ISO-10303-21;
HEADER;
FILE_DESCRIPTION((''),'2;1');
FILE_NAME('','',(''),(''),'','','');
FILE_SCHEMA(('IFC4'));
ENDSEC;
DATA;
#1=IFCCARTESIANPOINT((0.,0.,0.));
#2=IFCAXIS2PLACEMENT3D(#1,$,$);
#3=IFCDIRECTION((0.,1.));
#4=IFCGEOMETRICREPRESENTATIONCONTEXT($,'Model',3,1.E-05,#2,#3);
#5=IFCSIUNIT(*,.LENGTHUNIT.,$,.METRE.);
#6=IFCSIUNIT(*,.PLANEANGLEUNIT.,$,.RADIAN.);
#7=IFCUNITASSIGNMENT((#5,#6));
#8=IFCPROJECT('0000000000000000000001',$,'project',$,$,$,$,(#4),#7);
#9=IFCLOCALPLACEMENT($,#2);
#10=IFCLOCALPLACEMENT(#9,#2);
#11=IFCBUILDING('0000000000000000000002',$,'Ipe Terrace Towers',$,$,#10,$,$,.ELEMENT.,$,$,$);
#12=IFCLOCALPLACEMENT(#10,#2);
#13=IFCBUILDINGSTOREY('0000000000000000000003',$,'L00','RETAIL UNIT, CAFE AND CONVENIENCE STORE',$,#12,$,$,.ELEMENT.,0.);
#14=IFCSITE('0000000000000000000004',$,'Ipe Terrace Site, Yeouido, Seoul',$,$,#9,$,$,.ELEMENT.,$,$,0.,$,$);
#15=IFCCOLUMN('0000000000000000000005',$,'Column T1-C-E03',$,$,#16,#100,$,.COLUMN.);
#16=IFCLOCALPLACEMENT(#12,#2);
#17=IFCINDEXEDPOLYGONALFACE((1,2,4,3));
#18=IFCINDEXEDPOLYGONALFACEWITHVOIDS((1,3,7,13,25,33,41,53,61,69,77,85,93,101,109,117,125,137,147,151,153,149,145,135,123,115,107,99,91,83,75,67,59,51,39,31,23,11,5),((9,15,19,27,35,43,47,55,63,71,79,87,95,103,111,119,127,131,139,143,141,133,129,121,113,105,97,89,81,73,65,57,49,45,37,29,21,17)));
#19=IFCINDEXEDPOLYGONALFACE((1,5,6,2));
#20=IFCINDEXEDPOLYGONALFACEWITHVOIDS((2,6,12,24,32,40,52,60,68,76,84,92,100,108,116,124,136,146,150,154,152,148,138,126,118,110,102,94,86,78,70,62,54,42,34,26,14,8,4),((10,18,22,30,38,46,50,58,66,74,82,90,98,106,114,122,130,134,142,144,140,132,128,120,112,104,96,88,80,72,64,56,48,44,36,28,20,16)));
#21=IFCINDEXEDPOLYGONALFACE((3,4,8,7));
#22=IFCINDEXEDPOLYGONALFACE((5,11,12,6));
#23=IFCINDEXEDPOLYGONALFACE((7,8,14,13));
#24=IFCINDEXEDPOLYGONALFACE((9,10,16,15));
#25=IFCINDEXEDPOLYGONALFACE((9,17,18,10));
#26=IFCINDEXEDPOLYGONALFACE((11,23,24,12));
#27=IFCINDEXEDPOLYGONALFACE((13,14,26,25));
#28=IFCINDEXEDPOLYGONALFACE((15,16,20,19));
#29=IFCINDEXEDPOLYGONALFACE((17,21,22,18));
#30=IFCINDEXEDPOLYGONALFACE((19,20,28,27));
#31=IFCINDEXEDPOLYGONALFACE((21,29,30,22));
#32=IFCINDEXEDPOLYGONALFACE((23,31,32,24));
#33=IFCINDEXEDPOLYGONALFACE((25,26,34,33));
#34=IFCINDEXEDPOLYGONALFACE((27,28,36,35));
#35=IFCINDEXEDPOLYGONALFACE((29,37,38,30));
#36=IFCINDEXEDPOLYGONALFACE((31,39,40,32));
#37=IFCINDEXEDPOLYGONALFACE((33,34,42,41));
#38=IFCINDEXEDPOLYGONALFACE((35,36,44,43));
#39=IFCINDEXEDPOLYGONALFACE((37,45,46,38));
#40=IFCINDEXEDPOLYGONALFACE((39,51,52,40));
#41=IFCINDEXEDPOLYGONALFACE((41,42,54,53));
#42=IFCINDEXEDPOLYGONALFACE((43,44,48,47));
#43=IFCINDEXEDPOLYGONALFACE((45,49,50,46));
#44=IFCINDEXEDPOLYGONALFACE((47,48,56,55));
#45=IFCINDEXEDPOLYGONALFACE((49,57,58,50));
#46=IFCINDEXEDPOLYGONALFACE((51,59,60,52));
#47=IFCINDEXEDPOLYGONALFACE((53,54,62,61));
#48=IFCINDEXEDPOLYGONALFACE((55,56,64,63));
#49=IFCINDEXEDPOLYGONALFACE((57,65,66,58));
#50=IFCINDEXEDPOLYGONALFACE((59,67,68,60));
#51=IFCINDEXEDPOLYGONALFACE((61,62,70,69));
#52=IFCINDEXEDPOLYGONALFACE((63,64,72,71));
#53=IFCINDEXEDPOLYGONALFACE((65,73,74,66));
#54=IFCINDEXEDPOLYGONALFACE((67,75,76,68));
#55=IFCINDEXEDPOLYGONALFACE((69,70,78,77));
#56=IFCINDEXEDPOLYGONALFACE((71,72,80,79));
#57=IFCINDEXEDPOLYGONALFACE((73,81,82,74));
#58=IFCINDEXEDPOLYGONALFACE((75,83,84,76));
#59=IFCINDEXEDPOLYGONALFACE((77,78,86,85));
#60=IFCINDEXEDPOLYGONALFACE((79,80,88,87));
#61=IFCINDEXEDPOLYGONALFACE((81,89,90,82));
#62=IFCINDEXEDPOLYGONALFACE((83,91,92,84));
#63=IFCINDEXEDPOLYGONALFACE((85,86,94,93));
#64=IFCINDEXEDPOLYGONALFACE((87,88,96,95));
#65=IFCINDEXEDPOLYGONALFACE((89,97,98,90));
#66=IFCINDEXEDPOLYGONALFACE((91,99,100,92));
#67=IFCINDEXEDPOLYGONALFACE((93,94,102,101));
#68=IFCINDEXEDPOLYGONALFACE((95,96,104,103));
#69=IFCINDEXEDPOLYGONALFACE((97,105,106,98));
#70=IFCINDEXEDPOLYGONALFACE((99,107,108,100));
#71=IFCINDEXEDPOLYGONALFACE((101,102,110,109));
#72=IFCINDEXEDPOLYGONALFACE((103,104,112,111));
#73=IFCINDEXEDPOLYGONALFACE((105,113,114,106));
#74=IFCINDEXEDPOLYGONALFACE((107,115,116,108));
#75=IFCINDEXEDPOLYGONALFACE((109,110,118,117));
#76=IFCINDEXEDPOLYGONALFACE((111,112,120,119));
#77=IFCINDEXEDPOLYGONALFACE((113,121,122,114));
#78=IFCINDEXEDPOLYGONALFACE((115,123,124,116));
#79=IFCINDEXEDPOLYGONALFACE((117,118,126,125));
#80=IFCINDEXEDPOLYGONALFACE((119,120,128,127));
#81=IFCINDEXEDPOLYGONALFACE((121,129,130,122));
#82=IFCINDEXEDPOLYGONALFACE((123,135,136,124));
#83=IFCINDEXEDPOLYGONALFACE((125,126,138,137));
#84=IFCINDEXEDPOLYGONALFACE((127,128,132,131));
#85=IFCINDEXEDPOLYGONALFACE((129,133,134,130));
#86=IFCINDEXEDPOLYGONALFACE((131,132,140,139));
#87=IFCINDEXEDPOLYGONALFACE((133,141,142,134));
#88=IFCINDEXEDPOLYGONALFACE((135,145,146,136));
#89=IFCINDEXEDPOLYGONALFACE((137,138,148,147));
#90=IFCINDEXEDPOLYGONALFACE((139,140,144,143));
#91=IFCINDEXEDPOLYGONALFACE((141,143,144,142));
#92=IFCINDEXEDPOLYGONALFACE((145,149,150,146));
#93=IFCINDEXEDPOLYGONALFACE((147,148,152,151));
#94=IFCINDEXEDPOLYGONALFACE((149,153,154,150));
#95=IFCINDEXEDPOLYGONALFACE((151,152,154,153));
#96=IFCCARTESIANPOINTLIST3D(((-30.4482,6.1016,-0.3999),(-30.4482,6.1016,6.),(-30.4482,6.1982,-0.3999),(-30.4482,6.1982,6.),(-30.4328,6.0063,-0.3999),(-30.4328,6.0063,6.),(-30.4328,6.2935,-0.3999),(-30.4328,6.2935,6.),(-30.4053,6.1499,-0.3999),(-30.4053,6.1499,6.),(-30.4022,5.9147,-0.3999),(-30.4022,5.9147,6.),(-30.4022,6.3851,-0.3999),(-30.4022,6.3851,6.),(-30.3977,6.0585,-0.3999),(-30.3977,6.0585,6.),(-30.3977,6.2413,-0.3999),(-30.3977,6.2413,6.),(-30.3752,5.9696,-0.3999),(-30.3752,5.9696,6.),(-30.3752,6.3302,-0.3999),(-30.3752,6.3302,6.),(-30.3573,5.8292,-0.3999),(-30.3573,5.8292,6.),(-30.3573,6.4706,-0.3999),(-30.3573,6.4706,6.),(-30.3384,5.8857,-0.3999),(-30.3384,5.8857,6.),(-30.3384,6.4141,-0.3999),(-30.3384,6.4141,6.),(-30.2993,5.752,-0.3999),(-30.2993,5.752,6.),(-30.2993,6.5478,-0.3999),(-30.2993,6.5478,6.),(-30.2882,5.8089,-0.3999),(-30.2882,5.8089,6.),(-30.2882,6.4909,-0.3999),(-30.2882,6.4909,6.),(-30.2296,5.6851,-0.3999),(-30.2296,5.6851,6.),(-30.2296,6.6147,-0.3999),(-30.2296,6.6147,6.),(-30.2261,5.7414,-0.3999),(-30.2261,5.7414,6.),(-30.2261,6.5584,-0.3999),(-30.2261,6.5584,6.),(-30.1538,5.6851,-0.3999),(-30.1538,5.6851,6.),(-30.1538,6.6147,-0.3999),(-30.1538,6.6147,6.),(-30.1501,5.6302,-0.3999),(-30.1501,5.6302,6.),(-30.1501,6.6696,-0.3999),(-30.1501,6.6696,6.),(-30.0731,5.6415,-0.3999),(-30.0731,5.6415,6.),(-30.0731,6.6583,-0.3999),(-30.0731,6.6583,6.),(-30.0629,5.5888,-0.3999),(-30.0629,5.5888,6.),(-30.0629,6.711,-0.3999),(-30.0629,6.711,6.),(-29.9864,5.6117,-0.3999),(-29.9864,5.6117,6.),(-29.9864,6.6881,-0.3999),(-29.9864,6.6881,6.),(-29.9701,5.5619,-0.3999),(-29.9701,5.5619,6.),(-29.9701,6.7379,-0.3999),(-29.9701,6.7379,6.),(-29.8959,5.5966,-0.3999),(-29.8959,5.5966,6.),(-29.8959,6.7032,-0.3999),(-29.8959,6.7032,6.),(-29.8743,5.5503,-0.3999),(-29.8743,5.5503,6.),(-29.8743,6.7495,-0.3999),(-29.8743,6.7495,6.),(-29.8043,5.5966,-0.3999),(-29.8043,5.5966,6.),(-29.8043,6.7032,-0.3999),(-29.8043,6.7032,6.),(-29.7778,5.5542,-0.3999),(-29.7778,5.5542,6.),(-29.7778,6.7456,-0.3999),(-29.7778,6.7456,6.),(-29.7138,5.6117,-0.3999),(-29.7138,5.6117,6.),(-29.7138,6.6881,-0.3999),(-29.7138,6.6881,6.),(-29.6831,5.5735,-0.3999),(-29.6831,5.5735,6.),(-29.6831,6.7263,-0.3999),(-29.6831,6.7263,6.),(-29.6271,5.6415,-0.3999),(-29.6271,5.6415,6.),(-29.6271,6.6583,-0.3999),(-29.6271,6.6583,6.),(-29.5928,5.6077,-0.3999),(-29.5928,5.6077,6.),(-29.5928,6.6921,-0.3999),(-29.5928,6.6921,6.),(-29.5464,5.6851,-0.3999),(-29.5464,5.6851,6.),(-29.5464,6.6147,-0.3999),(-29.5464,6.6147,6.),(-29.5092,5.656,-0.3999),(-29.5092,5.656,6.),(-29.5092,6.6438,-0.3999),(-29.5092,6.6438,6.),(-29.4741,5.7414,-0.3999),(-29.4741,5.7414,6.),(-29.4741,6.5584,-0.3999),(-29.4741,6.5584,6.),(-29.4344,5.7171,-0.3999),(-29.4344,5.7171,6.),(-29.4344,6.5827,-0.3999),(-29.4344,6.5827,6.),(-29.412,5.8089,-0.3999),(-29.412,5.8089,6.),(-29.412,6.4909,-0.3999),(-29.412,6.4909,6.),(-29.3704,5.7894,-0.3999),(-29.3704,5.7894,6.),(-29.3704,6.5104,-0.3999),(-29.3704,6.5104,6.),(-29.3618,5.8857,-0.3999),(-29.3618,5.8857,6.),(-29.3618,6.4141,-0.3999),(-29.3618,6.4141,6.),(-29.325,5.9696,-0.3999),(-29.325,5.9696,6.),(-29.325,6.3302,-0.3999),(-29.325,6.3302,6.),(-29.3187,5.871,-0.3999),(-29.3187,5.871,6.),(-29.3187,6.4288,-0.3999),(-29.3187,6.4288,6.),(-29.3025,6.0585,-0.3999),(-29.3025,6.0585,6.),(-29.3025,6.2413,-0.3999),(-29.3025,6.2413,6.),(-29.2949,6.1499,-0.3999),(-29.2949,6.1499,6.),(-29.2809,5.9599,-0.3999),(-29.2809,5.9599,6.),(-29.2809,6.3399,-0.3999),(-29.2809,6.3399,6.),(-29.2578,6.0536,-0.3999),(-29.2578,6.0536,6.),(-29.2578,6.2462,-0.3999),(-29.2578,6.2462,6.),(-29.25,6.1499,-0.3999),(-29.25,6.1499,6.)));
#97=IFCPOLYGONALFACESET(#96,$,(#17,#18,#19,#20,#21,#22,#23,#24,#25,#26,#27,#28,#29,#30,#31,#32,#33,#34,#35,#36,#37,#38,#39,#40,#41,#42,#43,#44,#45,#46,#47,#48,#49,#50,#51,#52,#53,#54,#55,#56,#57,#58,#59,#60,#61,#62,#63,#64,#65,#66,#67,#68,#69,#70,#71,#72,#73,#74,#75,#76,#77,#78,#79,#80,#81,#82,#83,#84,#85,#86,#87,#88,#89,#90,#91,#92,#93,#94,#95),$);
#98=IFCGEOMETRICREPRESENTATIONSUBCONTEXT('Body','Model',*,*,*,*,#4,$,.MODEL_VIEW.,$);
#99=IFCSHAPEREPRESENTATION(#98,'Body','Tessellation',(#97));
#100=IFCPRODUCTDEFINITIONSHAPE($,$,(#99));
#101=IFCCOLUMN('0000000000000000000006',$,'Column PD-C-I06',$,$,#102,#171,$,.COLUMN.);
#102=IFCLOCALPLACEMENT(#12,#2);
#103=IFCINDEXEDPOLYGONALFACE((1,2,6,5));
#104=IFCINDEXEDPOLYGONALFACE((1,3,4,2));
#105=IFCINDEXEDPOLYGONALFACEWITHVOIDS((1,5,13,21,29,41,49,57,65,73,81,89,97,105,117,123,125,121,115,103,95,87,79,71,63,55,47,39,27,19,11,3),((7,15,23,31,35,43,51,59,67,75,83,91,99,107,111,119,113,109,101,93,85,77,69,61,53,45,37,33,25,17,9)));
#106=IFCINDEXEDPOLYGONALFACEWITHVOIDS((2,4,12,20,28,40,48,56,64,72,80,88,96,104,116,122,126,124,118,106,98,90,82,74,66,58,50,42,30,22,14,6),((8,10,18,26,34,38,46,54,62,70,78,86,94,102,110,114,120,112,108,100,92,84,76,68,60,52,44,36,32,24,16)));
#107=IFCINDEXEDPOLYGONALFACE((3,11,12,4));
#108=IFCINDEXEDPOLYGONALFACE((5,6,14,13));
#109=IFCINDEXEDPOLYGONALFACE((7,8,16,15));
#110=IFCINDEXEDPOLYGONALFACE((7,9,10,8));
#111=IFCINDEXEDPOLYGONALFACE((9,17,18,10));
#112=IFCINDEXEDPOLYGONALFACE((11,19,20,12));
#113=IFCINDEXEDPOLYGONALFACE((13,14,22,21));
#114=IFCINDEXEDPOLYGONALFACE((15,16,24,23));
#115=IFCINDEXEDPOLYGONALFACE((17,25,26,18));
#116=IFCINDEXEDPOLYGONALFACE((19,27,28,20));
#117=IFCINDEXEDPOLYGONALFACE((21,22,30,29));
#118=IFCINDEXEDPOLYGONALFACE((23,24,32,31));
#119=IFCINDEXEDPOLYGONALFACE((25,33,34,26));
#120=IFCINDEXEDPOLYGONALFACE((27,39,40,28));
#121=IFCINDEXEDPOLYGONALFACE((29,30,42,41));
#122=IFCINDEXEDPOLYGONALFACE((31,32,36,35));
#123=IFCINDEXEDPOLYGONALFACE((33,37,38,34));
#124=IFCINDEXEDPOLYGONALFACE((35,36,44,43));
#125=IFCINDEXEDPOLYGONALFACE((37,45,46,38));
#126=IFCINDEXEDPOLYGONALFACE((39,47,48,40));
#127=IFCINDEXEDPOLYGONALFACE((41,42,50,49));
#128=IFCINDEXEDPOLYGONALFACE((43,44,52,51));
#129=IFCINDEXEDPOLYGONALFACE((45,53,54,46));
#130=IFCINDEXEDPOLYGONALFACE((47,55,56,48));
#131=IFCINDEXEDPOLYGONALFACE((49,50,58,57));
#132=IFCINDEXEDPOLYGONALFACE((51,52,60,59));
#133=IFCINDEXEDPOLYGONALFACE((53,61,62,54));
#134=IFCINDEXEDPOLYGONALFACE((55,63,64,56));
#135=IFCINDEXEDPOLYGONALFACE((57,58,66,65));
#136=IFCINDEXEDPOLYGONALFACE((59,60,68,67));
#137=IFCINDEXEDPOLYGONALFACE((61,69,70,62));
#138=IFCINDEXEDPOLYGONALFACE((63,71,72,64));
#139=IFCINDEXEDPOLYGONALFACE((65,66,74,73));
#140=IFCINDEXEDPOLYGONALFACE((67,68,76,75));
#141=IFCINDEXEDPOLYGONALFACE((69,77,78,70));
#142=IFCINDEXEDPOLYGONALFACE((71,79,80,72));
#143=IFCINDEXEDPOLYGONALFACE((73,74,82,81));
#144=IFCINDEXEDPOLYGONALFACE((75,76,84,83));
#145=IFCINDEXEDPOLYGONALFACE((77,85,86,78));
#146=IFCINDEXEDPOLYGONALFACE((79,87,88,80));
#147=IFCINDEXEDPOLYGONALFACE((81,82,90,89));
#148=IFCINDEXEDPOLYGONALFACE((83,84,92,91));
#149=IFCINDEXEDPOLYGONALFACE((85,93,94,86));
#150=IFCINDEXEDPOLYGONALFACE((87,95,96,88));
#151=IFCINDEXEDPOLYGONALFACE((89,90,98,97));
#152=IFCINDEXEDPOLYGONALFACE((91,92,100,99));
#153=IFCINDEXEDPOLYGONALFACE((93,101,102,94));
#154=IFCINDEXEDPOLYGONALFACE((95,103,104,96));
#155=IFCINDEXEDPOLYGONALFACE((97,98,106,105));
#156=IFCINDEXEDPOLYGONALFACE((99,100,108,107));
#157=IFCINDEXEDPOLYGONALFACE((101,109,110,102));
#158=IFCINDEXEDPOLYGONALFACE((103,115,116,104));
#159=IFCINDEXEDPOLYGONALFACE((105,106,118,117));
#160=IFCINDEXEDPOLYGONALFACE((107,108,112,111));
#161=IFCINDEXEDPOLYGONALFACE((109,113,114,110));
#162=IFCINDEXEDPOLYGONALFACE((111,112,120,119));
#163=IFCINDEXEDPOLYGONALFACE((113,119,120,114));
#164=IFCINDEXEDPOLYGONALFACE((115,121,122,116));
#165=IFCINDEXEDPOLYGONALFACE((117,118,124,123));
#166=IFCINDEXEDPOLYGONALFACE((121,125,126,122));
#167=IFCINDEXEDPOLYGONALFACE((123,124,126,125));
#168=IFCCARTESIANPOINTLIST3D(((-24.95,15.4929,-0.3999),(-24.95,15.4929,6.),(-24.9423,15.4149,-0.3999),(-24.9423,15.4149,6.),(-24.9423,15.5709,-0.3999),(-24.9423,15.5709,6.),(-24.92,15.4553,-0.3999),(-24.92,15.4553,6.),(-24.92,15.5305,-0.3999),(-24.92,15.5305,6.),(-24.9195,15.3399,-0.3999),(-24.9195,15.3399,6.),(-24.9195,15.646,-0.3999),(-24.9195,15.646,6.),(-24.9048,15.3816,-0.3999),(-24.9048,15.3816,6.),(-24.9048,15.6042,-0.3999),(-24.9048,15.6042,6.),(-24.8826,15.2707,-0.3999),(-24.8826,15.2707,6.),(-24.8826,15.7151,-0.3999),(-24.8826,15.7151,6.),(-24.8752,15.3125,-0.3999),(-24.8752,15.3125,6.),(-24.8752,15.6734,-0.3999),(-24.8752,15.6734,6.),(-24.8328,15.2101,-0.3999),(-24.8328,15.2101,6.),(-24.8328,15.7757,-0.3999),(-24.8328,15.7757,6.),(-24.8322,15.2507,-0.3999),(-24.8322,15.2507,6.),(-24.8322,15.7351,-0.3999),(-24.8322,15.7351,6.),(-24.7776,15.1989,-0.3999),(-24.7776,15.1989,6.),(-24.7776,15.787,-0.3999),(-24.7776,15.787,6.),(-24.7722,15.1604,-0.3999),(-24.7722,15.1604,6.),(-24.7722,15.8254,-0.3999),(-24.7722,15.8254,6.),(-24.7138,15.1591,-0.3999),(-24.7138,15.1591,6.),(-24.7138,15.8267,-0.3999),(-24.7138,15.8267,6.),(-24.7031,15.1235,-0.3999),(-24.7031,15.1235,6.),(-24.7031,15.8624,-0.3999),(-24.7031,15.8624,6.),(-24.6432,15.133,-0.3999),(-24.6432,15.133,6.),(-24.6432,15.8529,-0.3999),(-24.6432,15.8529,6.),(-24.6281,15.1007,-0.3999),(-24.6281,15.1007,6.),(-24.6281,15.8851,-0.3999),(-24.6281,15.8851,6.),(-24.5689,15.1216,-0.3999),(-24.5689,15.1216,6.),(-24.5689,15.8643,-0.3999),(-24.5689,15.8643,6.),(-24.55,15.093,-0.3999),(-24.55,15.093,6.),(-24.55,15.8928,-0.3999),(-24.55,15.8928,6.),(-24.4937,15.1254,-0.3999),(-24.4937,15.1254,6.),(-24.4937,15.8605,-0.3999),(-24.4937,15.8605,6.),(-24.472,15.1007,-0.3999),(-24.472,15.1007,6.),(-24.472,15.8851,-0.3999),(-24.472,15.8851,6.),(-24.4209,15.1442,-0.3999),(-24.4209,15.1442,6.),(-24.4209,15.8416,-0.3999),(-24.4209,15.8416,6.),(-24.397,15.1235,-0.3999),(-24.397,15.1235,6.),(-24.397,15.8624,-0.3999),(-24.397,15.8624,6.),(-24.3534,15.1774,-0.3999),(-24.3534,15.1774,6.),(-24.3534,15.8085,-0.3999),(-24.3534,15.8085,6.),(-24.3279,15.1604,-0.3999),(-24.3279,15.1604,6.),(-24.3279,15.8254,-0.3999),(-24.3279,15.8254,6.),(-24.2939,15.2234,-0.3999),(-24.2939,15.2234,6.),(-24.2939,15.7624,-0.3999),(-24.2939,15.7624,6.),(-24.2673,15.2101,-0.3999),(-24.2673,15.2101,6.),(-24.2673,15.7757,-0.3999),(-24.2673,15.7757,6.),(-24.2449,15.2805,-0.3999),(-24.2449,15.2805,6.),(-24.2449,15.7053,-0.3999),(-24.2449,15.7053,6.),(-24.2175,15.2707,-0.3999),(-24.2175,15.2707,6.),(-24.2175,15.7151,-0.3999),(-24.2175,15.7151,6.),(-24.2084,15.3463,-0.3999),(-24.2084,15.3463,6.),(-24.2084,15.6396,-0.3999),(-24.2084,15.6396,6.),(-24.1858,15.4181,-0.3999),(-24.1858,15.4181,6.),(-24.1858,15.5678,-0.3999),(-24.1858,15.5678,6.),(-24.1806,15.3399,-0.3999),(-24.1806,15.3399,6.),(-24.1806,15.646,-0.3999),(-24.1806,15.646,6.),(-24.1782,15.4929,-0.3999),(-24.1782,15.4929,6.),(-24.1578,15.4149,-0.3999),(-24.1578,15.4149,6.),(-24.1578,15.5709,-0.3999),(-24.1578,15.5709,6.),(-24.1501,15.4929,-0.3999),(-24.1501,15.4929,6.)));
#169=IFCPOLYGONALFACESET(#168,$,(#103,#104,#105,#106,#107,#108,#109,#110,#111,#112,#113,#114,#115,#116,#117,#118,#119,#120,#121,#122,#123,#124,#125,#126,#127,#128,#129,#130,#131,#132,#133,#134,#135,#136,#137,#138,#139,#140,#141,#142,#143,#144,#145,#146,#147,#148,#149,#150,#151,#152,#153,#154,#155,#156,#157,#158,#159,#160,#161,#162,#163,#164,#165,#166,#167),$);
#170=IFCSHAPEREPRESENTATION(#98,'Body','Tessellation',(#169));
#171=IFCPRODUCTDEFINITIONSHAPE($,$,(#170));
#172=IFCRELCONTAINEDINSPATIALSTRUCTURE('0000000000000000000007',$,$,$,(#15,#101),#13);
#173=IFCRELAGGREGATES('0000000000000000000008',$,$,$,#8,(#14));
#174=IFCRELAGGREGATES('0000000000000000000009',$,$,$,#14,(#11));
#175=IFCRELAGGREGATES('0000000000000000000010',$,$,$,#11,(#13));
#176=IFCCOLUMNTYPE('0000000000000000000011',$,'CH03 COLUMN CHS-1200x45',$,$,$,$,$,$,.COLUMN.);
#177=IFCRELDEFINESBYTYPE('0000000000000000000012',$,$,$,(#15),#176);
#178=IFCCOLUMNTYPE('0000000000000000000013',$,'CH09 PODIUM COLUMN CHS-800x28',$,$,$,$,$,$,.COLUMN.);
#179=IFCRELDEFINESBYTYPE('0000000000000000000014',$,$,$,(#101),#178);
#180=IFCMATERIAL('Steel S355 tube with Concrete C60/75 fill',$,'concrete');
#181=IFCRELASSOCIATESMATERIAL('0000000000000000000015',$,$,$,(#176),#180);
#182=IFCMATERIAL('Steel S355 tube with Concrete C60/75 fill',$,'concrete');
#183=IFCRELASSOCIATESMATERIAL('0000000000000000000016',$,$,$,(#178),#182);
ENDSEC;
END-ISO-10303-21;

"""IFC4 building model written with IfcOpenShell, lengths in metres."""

from ifc_helpers import new_model, si_unit, direction, frame, origin, origin_2d, place, context, subcontext, project, spatial, hollow_circle, extrude, material, material_profile, profile_set, type_object, element, save


model = new_model("IFC4")

# Units and contexts
model_context = context("Model", 3, precision=1e-05, world=origin(), true_north=direction((0.0, 1.0)))
body_context = subcontext(model_context, "Body", "Model", "MODEL_VIEW")
ifc_project = project(units=[si_unit("LENGTHUNIT", "METRE"), si_unit("PLANEANGLEUNIT", "RADIAN")], contexts=[model_context])

# Site, building, storey
site_placement = place(None, origin())
site = spatial("IfcSite", under=ifc_project, at=site_placement, Name="Ipe Terrace Site, Yeouido, Seoul", CompositionType="ELEMENT", RefElevation=0.0)
building_placement = place(site_placement, origin())
building = spatial("IfcBuilding", under=site, at=building_placement, Name="Ipe Terrace Towers", CompositionType="ELEMENT")
storey_placement = place(building_placement, origin())
storey = spatial("IfcBuildingStorey", under=building, at=storey_placement, Name="L00", Description="RETAIL UNIT, CAFE AND CONVENIENCE STORE", CompositionType="ELEMENT", Elevation=0.0)

# Columns
ifc_material_1 = material(Name="Steel S355 tube with Concrete C60/75 fill", Category="concrete")
ifc_material_profile_1 = material_profile(ifc_material_1, hollow_circle(Radius=0.6001, WallThickness=0.0449, at=origin_2d()), Name="CHS-1200x45")
ifc_profile_set_1 = profile_set([ifc_material_profile_1], Name="Steel S355 tube with Concrete C60/75 fill")
column_type_1 = type_object("IfcColumnType", Name="CH03 COLUMN CHS-1200x45", PredefinedType="COLUMN", material=ifc_profile_set_1)
column_1_placement = place(storey_placement, frame((-29.8501, 6.1499, -0.3999), z_axis=(0.0, 0.0, 1.0), x_axis=(1.0, 0.0, 0.0)))
element("IfcColumn", 1, at=column_1_placement, inside=storey, type_object=column_type_1, Name="Column T1-C-E03", PredefinedType="COLUMN", context=body_context, shape_type="SweptSolid", body=[
    extrude(hollow_circle(Radius=0.6001, WallThickness=0.0449, at=origin_2d()), origin(), (0.0, 0.0, 1.0), 6.3999),
])
ifc_material_2 = material(Name="Steel S355 tube with Concrete C60/75 fill", Category="concrete")
ifc_material_profile_2 = material_profile(ifc_material_2, hollow_circle(Radius=0.3999, WallThickness=0.0281, at=origin_2d()), Name="CHS-800x28")
ifc_profile_set_2 = profile_set([ifc_material_profile_2], Name="Steel S355 tube with Concrete C60/75 fill")
column_type_2 = type_object("IfcColumnType", Name="CH09 PODIUM COLUMN CHS-800x28", PredefinedType="COLUMN", material=ifc_profile_set_2)
column_2_placement = place(storey_placement, frame((-24.55, 15.4929, -0.3999), z_axis=(0.0, 0.0, 1.0), x_axis=(1.0, 0.0, 0.0)))
element("IfcColumn", 2, at=column_2_placement, inside=storey, type_object=column_type_2, Name="Column PD-C-I06", PredefinedType="COLUMN", context=body_context, shape_type="SweptSolid", body=[
    extrude(hollow_circle(Radius=0.3999, WallThickness=0.0281, at=origin_2d()), origin(), (0.0, 0.0, 1.0), 6.3999),
])

save(model, "model.ifc")
